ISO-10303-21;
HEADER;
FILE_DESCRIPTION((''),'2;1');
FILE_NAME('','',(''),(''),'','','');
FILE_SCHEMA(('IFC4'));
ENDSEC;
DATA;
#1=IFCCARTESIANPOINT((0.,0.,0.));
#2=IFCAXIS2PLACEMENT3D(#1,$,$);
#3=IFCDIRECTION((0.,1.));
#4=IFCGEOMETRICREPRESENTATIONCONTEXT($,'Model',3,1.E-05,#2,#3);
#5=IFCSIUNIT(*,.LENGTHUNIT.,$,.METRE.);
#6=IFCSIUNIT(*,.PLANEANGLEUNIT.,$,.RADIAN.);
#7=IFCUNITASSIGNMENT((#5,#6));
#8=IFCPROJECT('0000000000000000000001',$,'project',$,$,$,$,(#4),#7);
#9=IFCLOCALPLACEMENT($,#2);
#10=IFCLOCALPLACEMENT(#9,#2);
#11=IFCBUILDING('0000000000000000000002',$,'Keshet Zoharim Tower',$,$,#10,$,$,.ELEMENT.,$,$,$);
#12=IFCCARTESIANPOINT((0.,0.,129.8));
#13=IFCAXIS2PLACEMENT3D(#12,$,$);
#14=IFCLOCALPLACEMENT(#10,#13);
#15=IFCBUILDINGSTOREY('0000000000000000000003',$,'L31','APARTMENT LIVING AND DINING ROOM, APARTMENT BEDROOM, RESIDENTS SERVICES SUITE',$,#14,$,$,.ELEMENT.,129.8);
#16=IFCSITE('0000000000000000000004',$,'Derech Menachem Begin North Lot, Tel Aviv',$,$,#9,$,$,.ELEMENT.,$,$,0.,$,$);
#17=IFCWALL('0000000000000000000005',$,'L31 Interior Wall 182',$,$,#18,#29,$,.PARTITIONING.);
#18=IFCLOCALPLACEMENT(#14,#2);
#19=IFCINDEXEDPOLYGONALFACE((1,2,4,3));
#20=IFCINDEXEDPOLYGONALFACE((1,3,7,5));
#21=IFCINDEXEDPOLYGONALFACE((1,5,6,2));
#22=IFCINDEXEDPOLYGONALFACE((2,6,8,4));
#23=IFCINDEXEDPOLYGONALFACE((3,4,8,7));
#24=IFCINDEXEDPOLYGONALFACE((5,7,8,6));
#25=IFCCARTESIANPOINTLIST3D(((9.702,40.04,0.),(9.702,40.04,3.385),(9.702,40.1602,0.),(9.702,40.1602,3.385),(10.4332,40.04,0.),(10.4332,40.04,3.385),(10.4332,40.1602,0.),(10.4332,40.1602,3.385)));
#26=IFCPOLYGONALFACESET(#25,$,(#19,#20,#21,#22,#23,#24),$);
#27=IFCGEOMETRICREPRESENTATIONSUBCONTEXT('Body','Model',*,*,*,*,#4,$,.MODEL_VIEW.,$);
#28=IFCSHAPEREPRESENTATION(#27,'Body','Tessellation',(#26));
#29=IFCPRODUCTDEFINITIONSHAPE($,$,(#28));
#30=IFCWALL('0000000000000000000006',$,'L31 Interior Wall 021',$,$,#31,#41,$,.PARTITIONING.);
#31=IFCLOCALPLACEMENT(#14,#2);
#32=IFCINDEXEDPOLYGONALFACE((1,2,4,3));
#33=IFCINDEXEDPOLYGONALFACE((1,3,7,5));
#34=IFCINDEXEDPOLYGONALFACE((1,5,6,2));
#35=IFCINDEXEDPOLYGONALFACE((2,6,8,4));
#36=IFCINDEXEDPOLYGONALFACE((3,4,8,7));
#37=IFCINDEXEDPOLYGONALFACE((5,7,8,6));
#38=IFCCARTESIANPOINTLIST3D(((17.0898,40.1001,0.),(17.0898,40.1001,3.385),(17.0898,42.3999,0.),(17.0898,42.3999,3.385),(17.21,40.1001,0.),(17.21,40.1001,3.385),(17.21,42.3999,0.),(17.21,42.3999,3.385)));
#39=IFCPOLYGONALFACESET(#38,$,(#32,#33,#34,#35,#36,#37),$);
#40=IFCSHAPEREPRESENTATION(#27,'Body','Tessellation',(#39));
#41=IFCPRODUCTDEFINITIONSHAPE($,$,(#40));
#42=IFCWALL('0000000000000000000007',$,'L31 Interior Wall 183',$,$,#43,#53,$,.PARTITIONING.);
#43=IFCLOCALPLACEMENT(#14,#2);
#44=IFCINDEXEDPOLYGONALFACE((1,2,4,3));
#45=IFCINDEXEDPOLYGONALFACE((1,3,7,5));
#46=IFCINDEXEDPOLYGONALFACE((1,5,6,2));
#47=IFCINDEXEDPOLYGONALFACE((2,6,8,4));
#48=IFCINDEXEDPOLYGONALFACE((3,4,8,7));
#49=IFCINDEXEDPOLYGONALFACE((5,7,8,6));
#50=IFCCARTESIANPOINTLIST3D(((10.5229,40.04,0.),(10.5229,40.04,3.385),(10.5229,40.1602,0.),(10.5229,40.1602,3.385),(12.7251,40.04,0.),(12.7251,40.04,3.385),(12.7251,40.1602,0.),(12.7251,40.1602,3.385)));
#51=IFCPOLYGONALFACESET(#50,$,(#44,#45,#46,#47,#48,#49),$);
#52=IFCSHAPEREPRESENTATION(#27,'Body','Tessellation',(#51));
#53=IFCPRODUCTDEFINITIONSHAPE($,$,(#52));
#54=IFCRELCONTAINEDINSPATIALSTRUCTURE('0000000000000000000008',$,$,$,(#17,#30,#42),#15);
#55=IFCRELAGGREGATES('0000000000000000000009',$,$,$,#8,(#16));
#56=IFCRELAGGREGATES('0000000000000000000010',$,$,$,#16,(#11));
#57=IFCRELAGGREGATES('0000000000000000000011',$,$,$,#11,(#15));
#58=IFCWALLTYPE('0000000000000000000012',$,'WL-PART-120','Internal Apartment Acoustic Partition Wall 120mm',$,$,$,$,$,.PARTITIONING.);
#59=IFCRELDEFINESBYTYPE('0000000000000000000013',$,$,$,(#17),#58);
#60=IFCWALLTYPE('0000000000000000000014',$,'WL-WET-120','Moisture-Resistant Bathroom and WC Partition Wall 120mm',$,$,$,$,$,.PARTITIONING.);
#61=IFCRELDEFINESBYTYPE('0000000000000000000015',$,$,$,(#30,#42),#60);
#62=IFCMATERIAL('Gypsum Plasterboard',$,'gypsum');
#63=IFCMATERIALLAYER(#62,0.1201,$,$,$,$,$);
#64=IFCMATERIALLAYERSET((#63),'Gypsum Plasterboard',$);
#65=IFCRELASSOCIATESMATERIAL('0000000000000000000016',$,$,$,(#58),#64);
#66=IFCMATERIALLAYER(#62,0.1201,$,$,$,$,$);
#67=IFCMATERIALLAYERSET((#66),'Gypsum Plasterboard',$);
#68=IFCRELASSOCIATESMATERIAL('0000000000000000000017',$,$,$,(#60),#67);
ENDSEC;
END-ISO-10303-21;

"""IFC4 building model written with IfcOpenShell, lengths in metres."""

from ifc_helpers import new_model, si_unit, direction, frame, frame_2d, origin, place, context, subcontext, project, spatial, rectangle, extrude, material, layer, layer_set, type_object, element, save


model = new_model("IFC4")

# Units and contexts
model_context = context("Model", 3, precision=1e-05, world=origin(), true_north=direction((0.0, 1.0)))
body_context = subcontext(model_context, "Body", "Model", "MODEL_VIEW")
ifc_project = project(units=[si_unit("LENGTHUNIT", "METRE"), si_unit("PLANEANGLEUNIT", "RADIAN")], contexts=[model_context])

# Site, building, storey
site_placement = place(None, origin())
site = spatial("IfcSite", under=ifc_project, at=site_placement, Name="Derech Menachem Begin North Lot, Tel Aviv", CompositionType="ELEMENT", RefElevation=0.0)
building_placement = place(site_placement, origin())
building = spatial("IfcBuilding", under=site, at=building_placement, Name="Keshet Zoharim Tower", CompositionType="ELEMENT")
storey_placement = place(building_placement, frame((0.0, 0.0, 129.8)))
storey = spatial("IfcBuildingStorey", under=building, at=storey_placement, Name="L31", Description="APARTMENT LIVING AND DINING ROOM, APARTMENT BEDROOM, RESIDENTS SERVICES SUITE", CompositionType="ELEMENT", Elevation=129.8)

# Wall
ifc_material_1 = material(Name="Gypsum Plasterboard", Category="gypsum")
ifc_layer_1 = layer(ifc_material_1, 0.1201)
ifc_layer_set_1 = layer_set([ifc_layer_1], Name="Gypsum Plasterboard")
wall_type_1 = type_object("IfcWallType", Name="WL-PART-120", Description="Internal Apartment Acoustic Partition Wall 120mm", PredefinedType="PARTITIONING", material=ifc_layer_set_1)
wall_1_placement = place(storey_placement, frame((9.7019, 40.1001, 0.0), z_axis=(0.0, 0.0, 1.0), x_axis=(1.0, 0.0, 0.0)))
element("IfcWall", 1, at=wall_1_placement, inside=storey, type_object=wall_type_1, Name="L31 Interior Wall 182", PredefinedType="PARTITIONING", context=body_context, shape_type="SweptSolid", body=[
    extrude(rectangle(XDim=0.7312, YDim=0.1201, at=frame_2d((0.3657, 0.0))), origin(), (0.0, 0.0, 1.0), 3.385),
])

# Walls
ifc_layer_2 = layer(ifc_material_1, 0.1201)
ifc_layer_set_2 = layer_set([ifc_layer_2], Name="Gypsum Plasterboard")
wall_type_2 = type_object("IfcWallType", Name="WL-WET-120", Description="Moisture-Resistant Bathroom and WC Partition Wall 120mm", PredefinedType="PARTITIONING", material=ifc_layer_set_2)
wall_2_placement = place(storey_placement, frame((17.1499, 40.1001, 0.0), z_axis=(0.0, 0.0, 1.0), x_axis=(0.0, 1.0, 0.0)))
element("IfcWall", 2, at=wall_2_placement, inside=storey, type_object=wall_type_2, Name="L31 Interior Wall 021", PredefinedType="PARTITIONING", context=body_context, shape_type="SweptSolid", body=[
    extrude(rectangle(XDim=2.2998, YDim=0.1201, at=frame_2d((1.1499, 0.0))), origin(), (0.0, 0.0, 1.0), 3.385),
])
wall_3_placement = place(storey_placement, frame((10.5229, 40.1001, 0.0), z_axis=(0.0, 0.0, 1.0), x_axis=(1.0, 0.0, 0.0)))
element("IfcWall", 3, at=wall_3_placement, inside=storey, type_object=wall_type_2, Name="L31 Interior Wall 183", PredefinedType="PARTITIONING", context=body_context, shape_type="SweptSolid", body=[
    extrude(rectangle(XDim=2.2021, YDim=0.1201, at=frame_2d((1.1011, 0.0))), origin(), (0.0, 0.0, 1.0), 3.385),
])

save(model, "model.ifc")
